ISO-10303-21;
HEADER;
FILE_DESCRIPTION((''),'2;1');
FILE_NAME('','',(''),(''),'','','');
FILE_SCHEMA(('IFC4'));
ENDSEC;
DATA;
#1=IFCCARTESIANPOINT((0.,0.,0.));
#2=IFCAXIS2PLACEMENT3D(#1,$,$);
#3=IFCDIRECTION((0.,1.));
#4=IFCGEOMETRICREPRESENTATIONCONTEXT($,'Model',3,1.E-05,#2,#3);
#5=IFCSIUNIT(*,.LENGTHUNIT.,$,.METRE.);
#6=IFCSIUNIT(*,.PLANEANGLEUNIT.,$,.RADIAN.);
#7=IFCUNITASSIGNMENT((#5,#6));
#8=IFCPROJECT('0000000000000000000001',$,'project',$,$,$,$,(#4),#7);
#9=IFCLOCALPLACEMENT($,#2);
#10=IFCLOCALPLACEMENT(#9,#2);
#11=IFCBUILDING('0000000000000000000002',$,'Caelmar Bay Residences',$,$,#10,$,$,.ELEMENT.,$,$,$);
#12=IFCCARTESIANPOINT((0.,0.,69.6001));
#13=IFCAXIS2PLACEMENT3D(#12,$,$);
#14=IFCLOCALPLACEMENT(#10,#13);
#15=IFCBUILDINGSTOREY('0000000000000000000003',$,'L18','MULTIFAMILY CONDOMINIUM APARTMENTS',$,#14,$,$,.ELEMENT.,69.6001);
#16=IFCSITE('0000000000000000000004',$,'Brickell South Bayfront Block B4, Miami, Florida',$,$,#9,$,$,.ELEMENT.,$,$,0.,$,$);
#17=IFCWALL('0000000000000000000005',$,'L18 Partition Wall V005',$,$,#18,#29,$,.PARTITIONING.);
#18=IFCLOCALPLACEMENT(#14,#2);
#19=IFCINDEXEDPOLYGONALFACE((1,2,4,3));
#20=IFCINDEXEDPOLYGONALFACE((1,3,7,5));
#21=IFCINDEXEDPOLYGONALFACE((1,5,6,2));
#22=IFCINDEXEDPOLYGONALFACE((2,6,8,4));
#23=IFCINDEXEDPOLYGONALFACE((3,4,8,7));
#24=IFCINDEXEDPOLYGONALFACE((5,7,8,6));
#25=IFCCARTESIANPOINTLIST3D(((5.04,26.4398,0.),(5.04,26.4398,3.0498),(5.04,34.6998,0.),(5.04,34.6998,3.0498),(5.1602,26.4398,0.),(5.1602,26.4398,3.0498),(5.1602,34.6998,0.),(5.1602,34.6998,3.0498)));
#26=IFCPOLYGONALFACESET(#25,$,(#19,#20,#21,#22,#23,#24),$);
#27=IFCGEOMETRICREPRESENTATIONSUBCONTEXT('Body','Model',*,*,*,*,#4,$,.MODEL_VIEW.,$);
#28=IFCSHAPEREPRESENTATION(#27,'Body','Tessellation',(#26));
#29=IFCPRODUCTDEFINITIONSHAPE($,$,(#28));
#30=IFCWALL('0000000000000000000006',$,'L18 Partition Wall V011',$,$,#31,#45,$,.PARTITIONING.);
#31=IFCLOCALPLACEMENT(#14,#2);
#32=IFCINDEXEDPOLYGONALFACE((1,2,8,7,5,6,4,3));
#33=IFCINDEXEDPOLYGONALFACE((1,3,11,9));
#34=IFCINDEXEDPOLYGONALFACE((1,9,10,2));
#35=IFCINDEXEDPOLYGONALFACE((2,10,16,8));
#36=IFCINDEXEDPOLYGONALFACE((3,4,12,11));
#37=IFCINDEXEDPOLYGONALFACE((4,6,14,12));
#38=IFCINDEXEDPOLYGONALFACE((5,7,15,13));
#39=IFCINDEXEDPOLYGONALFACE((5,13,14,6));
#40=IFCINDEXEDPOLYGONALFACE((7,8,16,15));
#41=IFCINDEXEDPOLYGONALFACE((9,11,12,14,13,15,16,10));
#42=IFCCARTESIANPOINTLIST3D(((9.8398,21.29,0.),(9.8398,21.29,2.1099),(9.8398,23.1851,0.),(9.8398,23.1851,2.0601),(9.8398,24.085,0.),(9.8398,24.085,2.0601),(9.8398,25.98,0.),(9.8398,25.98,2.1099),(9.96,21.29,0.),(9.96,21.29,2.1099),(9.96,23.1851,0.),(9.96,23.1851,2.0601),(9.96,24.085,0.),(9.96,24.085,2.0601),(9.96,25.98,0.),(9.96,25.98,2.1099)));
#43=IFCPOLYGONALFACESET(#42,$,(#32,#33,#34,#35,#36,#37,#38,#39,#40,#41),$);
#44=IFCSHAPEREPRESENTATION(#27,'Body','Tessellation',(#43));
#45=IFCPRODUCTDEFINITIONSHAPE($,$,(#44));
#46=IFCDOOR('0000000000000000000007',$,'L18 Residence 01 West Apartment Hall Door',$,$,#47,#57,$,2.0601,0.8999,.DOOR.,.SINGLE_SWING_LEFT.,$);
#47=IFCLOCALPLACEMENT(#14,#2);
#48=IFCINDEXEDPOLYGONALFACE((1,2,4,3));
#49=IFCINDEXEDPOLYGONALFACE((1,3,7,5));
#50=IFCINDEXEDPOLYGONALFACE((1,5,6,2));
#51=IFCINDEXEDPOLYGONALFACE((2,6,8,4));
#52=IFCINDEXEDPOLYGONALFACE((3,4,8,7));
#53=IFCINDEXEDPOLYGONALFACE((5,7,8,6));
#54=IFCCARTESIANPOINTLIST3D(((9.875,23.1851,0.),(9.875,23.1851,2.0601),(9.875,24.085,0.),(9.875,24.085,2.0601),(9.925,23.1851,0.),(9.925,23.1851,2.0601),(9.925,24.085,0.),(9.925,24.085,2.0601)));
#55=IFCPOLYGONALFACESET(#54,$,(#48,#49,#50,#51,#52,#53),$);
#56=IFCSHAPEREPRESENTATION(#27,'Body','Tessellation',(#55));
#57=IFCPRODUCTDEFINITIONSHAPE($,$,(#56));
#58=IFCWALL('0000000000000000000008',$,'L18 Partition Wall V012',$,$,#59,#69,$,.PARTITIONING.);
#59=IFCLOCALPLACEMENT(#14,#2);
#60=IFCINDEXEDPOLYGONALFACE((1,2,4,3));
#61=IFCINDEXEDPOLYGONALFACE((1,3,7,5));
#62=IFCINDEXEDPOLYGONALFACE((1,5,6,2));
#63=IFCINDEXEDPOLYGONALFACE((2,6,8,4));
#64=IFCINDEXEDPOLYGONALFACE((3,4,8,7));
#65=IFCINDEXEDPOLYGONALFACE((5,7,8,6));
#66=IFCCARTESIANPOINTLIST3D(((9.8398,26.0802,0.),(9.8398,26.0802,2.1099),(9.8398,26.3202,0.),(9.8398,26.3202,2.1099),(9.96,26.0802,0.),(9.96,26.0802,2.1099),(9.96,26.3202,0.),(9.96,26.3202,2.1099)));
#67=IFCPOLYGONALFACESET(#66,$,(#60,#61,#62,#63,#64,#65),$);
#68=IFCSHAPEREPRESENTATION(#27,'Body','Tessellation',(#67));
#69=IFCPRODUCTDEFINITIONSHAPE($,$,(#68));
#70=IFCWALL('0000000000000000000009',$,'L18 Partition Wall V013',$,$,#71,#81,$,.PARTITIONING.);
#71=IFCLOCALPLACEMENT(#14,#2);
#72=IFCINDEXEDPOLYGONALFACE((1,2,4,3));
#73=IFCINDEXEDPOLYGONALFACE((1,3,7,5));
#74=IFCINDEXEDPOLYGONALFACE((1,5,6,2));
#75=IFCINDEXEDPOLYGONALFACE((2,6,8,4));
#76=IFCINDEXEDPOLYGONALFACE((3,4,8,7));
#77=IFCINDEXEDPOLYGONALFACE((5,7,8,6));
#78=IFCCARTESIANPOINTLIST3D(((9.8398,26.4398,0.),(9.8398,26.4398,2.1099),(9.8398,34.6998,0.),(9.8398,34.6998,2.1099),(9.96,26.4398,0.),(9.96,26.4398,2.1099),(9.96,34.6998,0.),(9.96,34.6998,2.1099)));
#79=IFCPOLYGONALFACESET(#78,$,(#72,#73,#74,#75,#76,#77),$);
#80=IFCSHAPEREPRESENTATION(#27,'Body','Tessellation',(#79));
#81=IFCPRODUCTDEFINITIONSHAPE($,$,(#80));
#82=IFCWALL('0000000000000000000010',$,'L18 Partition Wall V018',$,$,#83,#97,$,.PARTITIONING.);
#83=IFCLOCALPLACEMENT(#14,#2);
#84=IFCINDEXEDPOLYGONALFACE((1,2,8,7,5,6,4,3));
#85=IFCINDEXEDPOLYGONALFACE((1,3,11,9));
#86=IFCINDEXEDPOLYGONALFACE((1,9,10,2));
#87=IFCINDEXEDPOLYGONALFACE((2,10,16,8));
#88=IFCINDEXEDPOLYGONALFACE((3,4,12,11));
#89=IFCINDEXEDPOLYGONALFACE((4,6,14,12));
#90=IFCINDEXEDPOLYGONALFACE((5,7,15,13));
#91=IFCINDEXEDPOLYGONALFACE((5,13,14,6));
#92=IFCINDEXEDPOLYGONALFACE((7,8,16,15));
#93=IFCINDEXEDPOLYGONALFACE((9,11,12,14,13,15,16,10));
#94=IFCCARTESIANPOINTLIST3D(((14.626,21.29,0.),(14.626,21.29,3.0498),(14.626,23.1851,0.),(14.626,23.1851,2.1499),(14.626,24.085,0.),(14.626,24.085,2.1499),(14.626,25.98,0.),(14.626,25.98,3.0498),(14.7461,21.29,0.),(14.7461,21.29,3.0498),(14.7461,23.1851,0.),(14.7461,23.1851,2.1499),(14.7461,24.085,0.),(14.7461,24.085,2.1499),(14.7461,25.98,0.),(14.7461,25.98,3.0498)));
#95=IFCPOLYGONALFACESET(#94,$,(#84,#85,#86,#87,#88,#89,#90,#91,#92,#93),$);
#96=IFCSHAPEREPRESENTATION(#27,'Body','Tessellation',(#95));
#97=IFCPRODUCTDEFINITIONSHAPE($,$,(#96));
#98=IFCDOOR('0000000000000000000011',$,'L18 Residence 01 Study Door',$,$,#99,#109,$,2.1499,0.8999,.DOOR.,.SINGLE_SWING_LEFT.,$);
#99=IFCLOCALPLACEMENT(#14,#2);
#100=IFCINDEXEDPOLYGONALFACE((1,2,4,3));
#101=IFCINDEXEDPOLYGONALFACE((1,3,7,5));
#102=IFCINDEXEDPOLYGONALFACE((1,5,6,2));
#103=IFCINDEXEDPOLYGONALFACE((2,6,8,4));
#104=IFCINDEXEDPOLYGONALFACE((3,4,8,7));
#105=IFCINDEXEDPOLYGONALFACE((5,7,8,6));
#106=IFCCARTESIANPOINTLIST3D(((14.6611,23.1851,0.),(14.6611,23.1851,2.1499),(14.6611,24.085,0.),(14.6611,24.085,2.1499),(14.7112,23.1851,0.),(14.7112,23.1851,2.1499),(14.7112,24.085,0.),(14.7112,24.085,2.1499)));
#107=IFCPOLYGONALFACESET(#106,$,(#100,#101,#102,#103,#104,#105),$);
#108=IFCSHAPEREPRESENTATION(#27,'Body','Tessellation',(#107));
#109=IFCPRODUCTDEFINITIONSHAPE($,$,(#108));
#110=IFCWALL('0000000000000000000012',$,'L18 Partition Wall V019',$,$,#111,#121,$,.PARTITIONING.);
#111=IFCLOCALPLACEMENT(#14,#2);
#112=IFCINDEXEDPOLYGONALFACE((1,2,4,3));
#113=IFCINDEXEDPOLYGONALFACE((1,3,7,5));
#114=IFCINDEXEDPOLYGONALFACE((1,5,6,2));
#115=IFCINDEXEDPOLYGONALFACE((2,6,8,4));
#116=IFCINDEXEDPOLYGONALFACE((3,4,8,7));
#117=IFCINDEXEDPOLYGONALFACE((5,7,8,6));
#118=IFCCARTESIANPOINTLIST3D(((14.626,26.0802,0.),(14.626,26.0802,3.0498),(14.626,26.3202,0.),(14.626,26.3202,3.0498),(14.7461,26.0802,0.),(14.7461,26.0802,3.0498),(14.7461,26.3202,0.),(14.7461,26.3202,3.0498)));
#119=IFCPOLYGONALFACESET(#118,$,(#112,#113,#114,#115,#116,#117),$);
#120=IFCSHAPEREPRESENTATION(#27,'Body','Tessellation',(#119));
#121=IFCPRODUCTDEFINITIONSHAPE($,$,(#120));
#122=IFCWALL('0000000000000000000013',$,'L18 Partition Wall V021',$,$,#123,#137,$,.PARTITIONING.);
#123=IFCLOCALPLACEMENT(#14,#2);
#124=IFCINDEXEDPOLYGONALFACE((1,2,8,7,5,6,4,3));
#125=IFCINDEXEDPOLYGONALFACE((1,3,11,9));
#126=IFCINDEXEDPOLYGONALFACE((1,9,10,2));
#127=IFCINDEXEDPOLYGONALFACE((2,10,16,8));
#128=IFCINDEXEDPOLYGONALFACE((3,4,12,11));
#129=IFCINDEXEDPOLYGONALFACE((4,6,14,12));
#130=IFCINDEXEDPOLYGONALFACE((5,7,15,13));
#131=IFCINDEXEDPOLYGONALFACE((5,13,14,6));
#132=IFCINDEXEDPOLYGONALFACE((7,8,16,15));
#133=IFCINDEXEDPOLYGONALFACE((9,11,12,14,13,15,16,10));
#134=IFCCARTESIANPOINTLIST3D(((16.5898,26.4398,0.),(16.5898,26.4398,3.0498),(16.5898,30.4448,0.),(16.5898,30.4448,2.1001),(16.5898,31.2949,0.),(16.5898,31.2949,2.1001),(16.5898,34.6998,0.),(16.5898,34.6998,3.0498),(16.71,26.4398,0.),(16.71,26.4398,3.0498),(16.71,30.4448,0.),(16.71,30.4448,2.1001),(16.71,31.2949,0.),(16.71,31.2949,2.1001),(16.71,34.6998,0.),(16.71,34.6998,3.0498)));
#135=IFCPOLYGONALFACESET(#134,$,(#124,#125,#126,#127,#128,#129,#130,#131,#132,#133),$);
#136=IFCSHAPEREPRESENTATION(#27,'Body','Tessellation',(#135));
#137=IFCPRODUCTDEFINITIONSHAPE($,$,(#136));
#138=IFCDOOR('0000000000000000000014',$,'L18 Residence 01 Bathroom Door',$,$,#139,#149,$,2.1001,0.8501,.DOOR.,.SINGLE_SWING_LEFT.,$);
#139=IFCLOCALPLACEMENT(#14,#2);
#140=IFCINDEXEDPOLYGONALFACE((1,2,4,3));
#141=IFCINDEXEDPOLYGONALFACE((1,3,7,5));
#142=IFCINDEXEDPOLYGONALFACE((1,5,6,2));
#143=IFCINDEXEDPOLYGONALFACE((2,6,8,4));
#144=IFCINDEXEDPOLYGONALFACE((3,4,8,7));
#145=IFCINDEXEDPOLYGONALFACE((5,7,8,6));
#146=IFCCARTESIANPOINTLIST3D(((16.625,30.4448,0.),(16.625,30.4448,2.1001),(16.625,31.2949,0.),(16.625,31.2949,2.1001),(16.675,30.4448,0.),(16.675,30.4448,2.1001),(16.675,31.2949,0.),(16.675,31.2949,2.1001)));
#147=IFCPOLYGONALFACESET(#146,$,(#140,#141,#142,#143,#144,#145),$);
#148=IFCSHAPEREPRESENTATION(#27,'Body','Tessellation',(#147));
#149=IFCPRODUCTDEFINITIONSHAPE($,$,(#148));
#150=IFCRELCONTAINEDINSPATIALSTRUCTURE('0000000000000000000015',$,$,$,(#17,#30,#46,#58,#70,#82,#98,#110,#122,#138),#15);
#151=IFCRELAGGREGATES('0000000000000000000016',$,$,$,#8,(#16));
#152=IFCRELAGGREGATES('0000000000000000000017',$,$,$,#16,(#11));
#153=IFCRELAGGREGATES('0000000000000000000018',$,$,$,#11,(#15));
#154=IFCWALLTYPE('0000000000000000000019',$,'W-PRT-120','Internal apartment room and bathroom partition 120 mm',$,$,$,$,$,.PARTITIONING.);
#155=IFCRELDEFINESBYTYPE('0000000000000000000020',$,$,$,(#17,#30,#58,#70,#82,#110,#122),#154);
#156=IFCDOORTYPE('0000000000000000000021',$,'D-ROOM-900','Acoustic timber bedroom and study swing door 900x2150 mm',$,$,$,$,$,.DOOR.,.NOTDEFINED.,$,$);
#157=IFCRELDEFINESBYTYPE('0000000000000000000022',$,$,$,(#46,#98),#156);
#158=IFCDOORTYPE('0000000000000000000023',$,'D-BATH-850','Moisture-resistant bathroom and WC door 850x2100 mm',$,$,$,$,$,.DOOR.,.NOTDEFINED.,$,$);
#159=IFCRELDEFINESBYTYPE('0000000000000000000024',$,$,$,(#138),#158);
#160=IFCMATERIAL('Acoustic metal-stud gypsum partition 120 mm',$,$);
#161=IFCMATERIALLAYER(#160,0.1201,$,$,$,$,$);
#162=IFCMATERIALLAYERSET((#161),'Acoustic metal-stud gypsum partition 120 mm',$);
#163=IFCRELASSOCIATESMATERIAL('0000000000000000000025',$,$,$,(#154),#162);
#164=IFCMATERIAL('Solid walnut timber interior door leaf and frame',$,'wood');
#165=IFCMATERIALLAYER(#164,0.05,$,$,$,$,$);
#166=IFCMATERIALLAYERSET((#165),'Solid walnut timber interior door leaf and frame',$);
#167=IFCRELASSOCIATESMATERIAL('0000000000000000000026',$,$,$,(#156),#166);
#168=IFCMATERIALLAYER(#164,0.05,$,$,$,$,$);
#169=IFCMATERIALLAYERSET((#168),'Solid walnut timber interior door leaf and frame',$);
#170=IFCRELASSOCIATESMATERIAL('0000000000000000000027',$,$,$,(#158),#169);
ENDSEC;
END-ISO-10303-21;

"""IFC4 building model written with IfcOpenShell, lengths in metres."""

from ifc_helpers import new_model, si_unit, direction, frame, frame_2d, origin, place, context, subcontext, project, spatial, rectangle, extrude, material, layer, layer_set, type_object, element, fill, save


model = new_model("IFC4")

# Units and contexts
model_context = context("Model", 3, precision=1e-05, world=origin(), true_north=direction((0.0, 1.0)))
body_context = subcontext(model_context, "Body", "Model", "MODEL_VIEW")
ifc_project = project(units=[si_unit("LENGTHUNIT", "METRE"), si_unit("PLANEANGLEUNIT", "RADIAN")], contexts=[model_context])

# Site, building, storey
site_placement = place(None, origin())
site = spatial("IfcSite", under=ifc_project, at=site_placement, Name="Brickell South Bayfront Block B4, Miami, Florida", CompositionType="ELEMENT", RefElevation=0.0)
building_placement = place(site_placement, origin())
building = spatial("IfcBuilding", under=site, at=building_placement, Name="Caelmar Bay Residences", CompositionType="ELEMENT")
storey_placement = place(building_placement, frame((0.0, 0.0, 69.6001)))
storey = spatial("IfcBuildingStorey", under=building, at=storey_placement, Name="L18", Description="MULTIFAMILY CONDOMINIUM APARTMENTS", CompositionType="ELEMENT", Elevation=69.6001)

# Wall
ifc_material_1 = material(Name="Acoustic metal-stud gypsum partition 120 mm")
ifc_layer_1 = layer(ifc_material_1, 0.1201)
ifc_layer_set_1 = layer_set([ifc_layer_1], Name="Acoustic metal-stud gypsum partition 120 mm")
wall_type = type_object("IfcWallType", Name="W-PRT-120", Description="Internal apartment room and bathroom partition 120 mm", PredefinedType="PARTITIONING", material=ifc_layer_set_1)
wall_1_placement = place(storey_placement, frame((5.1001, 26.4399, 0.0), z_axis=(0.0, 0.0, 1.0), x_axis=(0.0, 1.0, 0.0)))
element("IfcWall", 1, at=wall_1_placement, inside=storey, type_object=wall_type, Name="L18 Partition Wall V005", PredefinedType="PARTITIONING", context=body_context, shape_type="SweptSolid", body=[
    extrude(rectangle(XDim=8.26, YDim=0.1201, at=frame_2d((4.1299, 0.0))), origin(), (0.0, 0.0, 1.0), 3.0498),
])

# Wall, opening, door
wall_2_placement = place(storey_placement, frame((9.8999, 21.29, 0.0), z_axis=(0.0, 0.0, 1.0), x_axis=(0.0, 1.0, 0.0)))
wall_2 = element("IfcWall", 2, at=wall_2_placement, inside=storey, type_object=wall_type, Name="L18 Partition Wall V011", PredefinedType="PARTITIONING", context=body_context, shape_type="SweptSolid", body=[
    extrude(rectangle(XDim=4.6899, YDim=0.1201, at=frame_2d((2.345, 0.0))), origin(), (0.0, 0.0, 1.0), 2.1099),
])
opening_1_placement = place(wall_2_placement, frame((1.895, 0.0, 0.0)))
opening_1 = element("IfcOpeningElement", 3, at=opening_1_placement, cuts=wall_2, PredefinedType="OPENING", context=body_context, shape_type="SweptSolid", body=[
    extrude(rectangle(XDim=0.8999, YDim=2.0601, at=frame_2d((0.45, 1.03))), frame((0.0, 0.0701, 0.0), z_axis=(0.0, -1.0, 0.0), x_axis=(1.0, 0.0, 0.0)), (0.0, 0.0, 1.0), 0.1401),
])
ifc_material_2 = material(Name="Solid walnut timber interior door leaf and frame", Category="wood")
ifc_layer_2 = layer(ifc_material_2, 0.05)
ifc_layer_set_2 = layer_set([ifc_layer_2], Name="Solid walnut timber interior door leaf and frame")
door_type_1 = type_object("IfcDoorType", Name="D-ROOM-900", Description="Acoustic timber bedroom and study swing door 900x2150 mm", OperationType="NOTDEFINED", PredefinedType="DOOR", material=ifc_layer_set_2)
door_1_placement = place(opening_1_placement, origin())
door_1 = element("IfcDoor", 4, at=door_1_placement, inside=storey, type_object=door_type_1, Name="L18 Residence 01 West Apartment Hall Door", OperationType="SINGLE_SWING_LEFT", OverallHeight=2.0601, OverallWidth=0.8999, PredefinedType="DOOR", context=body_context, shape_type="SweptSolid", body=[
    extrude(rectangle(XDim=0.8999, YDim=2.0601, at=frame_2d((0.45, 1.03))), frame((0.0, 0.0249, 0.0), z_axis=(0.0, -1.0, 0.0), x_axis=(1.0, 0.0, 0.0)), (0.0, 0.0, 1.0), 0.05),
])
fill(opening_1, door_1)

# Walls
wall_3_placement = place(storey_placement, frame((9.8999, 26.0801, 0.0), z_axis=(0.0, 0.0, 1.0), x_axis=(0.0, 1.0, 0.0)))
element("IfcWall", 5, at=wall_3_placement, inside=storey, type_object=wall_type, Name="L18 Partition Wall V012", PredefinedType="PARTITIONING", context=body_context, shape_type="SweptSolid", body=[
    extrude(rectangle(XDim=0.24, YDim=0.1201, at=frame_2d((0.1201, 0.0))), origin(), (0.0, 0.0, 1.0), 2.1099),
])
wall_4_placement = place(storey_placement, frame((9.8999, 26.4399, 0.0), z_axis=(0.0, 0.0, 1.0), x_axis=(0.0, 1.0, 0.0)))
element("IfcWall", 6, at=wall_4_placement, inside=storey, type_object=wall_type, Name="L18 Partition Wall V013", PredefinedType="PARTITIONING", context=body_context, shape_type="SweptSolid", body=[
    extrude(rectangle(XDim=8.26, YDim=0.1201, at=frame_2d((4.1299, 0.0))), origin(), (0.0, 0.0, 1.0), 2.1099),
])

# Wall, opening, door
wall_5_placement = place(storey_placement, frame((14.686, 21.29, 0.0), z_axis=(0.0, 0.0, 1.0), x_axis=(0.0, 1.0, 0.0)))
wall_5 = element("IfcWall", 7, at=wall_5_placement, inside=storey, type_object=wall_type, Name="L18 Partition Wall V018", PredefinedType="PARTITIONING", context=body_context, shape_type="SweptSolid", body=[
    extrude(rectangle(XDim=4.6899, YDim=0.1201, at=frame_2d((2.345, 0.0))), origin(), (0.0, 0.0, 1.0), 3.0498),
])
opening_2_placement = place(wall_5_placement, frame((1.895, 0.0, 0.0)))
opening_2 = element("IfcOpeningElement", 8, at=opening_2_placement, cuts=wall_5, PredefinedType="OPENING", context=body_context, shape_type="SweptSolid", body=[
    extrude(rectangle(XDim=0.8999, YDim=2.1499, at=frame_2d((0.45, 1.075))), frame((0.0, 0.0701, 0.0), z_axis=(0.0, -1.0, 0.0), x_axis=(1.0, 0.0, 0.0)), (0.0, 0.0, 1.0), 0.1401),
])
door_2_placement = place(opening_2_placement, origin())
door_2 = element("IfcDoor", 9, at=door_2_placement, inside=storey, type_object=door_type_1, Name="L18 Residence 01 Study Door", OperationType="SINGLE_SWING_LEFT", OverallHeight=2.1499, OverallWidth=0.8999, PredefinedType="DOOR", context=body_context, shape_type="SweptSolid", body=[
    extrude(rectangle(XDim=0.8999, YDim=2.1499, at=frame_2d((0.45, 1.075))), frame((0.0, 0.0249, 0.0), z_axis=(0.0, -1.0, 0.0), x_axis=(1.0, 0.0, 0.0)), (0.0, 0.0, 1.0), 0.05),
])
fill(opening_2, door_2)

# Wall
wall_6_placement = place(storey_placement, frame((14.686, 26.0801, 0.0), z_axis=(0.0, 0.0, 1.0), x_axis=(0.0, 1.0, 0.0)))
element("IfcWall", 10, at=wall_6_placement, inside=storey, type_object=wall_type, Name="L18 Partition Wall V019", PredefinedType="PARTITIONING", context=body_context, shape_type="SweptSolid", body=[
    extrude(rectangle(XDim=0.24, YDim=0.1201, at=frame_2d((0.1201, 0.0))), origin(), (0.0, 0.0, 1.0), 3.0498),
])

# Wall, opening, door
wall_7_placement = place(storey_placement, frame((16.6499, 26.4399, 0.0), z_axis=(0.0, 0.0, 1.0), x_axis=(0.0, 1.0, 0.0)))
wall_7 = element("IfcWall", 11, at=wall_7_placement, inside=storey, type_object=wall_type, Name="L18 Partition Wall V021", PredefinedType="PARTITIONING", context=body_context, shape_type="SweptSolid", body=[
    extrude(rectangle(XDim=8.26, YDim=0.1201, at=frame_2d((4.1299, 0.0))), origin(), (0.0, 0.0, 1.0), 3.0498),
])
opening_3_placement = place(wall_7_placement, frame((4.0049, 0.0, 0.0)))
opening_3 = element("IfcOpeningElement", 12, at=opening_3_placement, cuts=wall_7, PredefinedType="OPENING", context=body_context, shape_type="SweptSolid", body=[
    extrude(rectangle(XDim=0.8501, YDim=2.1001, at=frame_2d((0.425, 1.05))), frame((0.0, 0.0701, 0.0), z_axis=(0.0, -1.0, 0.0), x_axis=(1.0, 0.0, 0.0)), (0.0, 0.0, 1.0), 0.1401),
])
ifc_layer_3 = layer(ifc_material_2, 0.05)
ifc_layer_set_3 = layer_set([ifc_layer_3], Name="Solid walnut timber interior door leaf and frame")
door_type_2 = type_object("IfcDoorType", Name="D-BATH-850", Description="Moisture-resistant bathroom and WC door 850x2100 mm", OperationType="NOTDEFINED", PredefinedType="DOOR", material=ifc_layer_set_3)
door_3_placement = place(opening_3_placement, origin())
door_3 = element("IfcDoor", 13, at=door_3_placement, inside=storey, type_object=door_type_2, Name="L18 Residence 01 Bathroom Door", OperationType="SINGLE_SWING_LEFT", OverallHeight=2.1001, OverallWidth=0.8501, PredefinedType="DOOR", context=body_context, shape_type="SweptSolid", body=[
    extrude(rectangle(XDim=0.8501, YDim=2.1001, at=frame_2d((0.425, 1.05))), frame((0.0, 0.0249, 0.0), z_axis=(0.0, -1.0, 0.0), x_axis=(1.0, 0.0, 0.0)), (0.0, 0.0, 1.0), 0.05),
])
fill(opening_3, door_3)

save(model, "model.ifc")
